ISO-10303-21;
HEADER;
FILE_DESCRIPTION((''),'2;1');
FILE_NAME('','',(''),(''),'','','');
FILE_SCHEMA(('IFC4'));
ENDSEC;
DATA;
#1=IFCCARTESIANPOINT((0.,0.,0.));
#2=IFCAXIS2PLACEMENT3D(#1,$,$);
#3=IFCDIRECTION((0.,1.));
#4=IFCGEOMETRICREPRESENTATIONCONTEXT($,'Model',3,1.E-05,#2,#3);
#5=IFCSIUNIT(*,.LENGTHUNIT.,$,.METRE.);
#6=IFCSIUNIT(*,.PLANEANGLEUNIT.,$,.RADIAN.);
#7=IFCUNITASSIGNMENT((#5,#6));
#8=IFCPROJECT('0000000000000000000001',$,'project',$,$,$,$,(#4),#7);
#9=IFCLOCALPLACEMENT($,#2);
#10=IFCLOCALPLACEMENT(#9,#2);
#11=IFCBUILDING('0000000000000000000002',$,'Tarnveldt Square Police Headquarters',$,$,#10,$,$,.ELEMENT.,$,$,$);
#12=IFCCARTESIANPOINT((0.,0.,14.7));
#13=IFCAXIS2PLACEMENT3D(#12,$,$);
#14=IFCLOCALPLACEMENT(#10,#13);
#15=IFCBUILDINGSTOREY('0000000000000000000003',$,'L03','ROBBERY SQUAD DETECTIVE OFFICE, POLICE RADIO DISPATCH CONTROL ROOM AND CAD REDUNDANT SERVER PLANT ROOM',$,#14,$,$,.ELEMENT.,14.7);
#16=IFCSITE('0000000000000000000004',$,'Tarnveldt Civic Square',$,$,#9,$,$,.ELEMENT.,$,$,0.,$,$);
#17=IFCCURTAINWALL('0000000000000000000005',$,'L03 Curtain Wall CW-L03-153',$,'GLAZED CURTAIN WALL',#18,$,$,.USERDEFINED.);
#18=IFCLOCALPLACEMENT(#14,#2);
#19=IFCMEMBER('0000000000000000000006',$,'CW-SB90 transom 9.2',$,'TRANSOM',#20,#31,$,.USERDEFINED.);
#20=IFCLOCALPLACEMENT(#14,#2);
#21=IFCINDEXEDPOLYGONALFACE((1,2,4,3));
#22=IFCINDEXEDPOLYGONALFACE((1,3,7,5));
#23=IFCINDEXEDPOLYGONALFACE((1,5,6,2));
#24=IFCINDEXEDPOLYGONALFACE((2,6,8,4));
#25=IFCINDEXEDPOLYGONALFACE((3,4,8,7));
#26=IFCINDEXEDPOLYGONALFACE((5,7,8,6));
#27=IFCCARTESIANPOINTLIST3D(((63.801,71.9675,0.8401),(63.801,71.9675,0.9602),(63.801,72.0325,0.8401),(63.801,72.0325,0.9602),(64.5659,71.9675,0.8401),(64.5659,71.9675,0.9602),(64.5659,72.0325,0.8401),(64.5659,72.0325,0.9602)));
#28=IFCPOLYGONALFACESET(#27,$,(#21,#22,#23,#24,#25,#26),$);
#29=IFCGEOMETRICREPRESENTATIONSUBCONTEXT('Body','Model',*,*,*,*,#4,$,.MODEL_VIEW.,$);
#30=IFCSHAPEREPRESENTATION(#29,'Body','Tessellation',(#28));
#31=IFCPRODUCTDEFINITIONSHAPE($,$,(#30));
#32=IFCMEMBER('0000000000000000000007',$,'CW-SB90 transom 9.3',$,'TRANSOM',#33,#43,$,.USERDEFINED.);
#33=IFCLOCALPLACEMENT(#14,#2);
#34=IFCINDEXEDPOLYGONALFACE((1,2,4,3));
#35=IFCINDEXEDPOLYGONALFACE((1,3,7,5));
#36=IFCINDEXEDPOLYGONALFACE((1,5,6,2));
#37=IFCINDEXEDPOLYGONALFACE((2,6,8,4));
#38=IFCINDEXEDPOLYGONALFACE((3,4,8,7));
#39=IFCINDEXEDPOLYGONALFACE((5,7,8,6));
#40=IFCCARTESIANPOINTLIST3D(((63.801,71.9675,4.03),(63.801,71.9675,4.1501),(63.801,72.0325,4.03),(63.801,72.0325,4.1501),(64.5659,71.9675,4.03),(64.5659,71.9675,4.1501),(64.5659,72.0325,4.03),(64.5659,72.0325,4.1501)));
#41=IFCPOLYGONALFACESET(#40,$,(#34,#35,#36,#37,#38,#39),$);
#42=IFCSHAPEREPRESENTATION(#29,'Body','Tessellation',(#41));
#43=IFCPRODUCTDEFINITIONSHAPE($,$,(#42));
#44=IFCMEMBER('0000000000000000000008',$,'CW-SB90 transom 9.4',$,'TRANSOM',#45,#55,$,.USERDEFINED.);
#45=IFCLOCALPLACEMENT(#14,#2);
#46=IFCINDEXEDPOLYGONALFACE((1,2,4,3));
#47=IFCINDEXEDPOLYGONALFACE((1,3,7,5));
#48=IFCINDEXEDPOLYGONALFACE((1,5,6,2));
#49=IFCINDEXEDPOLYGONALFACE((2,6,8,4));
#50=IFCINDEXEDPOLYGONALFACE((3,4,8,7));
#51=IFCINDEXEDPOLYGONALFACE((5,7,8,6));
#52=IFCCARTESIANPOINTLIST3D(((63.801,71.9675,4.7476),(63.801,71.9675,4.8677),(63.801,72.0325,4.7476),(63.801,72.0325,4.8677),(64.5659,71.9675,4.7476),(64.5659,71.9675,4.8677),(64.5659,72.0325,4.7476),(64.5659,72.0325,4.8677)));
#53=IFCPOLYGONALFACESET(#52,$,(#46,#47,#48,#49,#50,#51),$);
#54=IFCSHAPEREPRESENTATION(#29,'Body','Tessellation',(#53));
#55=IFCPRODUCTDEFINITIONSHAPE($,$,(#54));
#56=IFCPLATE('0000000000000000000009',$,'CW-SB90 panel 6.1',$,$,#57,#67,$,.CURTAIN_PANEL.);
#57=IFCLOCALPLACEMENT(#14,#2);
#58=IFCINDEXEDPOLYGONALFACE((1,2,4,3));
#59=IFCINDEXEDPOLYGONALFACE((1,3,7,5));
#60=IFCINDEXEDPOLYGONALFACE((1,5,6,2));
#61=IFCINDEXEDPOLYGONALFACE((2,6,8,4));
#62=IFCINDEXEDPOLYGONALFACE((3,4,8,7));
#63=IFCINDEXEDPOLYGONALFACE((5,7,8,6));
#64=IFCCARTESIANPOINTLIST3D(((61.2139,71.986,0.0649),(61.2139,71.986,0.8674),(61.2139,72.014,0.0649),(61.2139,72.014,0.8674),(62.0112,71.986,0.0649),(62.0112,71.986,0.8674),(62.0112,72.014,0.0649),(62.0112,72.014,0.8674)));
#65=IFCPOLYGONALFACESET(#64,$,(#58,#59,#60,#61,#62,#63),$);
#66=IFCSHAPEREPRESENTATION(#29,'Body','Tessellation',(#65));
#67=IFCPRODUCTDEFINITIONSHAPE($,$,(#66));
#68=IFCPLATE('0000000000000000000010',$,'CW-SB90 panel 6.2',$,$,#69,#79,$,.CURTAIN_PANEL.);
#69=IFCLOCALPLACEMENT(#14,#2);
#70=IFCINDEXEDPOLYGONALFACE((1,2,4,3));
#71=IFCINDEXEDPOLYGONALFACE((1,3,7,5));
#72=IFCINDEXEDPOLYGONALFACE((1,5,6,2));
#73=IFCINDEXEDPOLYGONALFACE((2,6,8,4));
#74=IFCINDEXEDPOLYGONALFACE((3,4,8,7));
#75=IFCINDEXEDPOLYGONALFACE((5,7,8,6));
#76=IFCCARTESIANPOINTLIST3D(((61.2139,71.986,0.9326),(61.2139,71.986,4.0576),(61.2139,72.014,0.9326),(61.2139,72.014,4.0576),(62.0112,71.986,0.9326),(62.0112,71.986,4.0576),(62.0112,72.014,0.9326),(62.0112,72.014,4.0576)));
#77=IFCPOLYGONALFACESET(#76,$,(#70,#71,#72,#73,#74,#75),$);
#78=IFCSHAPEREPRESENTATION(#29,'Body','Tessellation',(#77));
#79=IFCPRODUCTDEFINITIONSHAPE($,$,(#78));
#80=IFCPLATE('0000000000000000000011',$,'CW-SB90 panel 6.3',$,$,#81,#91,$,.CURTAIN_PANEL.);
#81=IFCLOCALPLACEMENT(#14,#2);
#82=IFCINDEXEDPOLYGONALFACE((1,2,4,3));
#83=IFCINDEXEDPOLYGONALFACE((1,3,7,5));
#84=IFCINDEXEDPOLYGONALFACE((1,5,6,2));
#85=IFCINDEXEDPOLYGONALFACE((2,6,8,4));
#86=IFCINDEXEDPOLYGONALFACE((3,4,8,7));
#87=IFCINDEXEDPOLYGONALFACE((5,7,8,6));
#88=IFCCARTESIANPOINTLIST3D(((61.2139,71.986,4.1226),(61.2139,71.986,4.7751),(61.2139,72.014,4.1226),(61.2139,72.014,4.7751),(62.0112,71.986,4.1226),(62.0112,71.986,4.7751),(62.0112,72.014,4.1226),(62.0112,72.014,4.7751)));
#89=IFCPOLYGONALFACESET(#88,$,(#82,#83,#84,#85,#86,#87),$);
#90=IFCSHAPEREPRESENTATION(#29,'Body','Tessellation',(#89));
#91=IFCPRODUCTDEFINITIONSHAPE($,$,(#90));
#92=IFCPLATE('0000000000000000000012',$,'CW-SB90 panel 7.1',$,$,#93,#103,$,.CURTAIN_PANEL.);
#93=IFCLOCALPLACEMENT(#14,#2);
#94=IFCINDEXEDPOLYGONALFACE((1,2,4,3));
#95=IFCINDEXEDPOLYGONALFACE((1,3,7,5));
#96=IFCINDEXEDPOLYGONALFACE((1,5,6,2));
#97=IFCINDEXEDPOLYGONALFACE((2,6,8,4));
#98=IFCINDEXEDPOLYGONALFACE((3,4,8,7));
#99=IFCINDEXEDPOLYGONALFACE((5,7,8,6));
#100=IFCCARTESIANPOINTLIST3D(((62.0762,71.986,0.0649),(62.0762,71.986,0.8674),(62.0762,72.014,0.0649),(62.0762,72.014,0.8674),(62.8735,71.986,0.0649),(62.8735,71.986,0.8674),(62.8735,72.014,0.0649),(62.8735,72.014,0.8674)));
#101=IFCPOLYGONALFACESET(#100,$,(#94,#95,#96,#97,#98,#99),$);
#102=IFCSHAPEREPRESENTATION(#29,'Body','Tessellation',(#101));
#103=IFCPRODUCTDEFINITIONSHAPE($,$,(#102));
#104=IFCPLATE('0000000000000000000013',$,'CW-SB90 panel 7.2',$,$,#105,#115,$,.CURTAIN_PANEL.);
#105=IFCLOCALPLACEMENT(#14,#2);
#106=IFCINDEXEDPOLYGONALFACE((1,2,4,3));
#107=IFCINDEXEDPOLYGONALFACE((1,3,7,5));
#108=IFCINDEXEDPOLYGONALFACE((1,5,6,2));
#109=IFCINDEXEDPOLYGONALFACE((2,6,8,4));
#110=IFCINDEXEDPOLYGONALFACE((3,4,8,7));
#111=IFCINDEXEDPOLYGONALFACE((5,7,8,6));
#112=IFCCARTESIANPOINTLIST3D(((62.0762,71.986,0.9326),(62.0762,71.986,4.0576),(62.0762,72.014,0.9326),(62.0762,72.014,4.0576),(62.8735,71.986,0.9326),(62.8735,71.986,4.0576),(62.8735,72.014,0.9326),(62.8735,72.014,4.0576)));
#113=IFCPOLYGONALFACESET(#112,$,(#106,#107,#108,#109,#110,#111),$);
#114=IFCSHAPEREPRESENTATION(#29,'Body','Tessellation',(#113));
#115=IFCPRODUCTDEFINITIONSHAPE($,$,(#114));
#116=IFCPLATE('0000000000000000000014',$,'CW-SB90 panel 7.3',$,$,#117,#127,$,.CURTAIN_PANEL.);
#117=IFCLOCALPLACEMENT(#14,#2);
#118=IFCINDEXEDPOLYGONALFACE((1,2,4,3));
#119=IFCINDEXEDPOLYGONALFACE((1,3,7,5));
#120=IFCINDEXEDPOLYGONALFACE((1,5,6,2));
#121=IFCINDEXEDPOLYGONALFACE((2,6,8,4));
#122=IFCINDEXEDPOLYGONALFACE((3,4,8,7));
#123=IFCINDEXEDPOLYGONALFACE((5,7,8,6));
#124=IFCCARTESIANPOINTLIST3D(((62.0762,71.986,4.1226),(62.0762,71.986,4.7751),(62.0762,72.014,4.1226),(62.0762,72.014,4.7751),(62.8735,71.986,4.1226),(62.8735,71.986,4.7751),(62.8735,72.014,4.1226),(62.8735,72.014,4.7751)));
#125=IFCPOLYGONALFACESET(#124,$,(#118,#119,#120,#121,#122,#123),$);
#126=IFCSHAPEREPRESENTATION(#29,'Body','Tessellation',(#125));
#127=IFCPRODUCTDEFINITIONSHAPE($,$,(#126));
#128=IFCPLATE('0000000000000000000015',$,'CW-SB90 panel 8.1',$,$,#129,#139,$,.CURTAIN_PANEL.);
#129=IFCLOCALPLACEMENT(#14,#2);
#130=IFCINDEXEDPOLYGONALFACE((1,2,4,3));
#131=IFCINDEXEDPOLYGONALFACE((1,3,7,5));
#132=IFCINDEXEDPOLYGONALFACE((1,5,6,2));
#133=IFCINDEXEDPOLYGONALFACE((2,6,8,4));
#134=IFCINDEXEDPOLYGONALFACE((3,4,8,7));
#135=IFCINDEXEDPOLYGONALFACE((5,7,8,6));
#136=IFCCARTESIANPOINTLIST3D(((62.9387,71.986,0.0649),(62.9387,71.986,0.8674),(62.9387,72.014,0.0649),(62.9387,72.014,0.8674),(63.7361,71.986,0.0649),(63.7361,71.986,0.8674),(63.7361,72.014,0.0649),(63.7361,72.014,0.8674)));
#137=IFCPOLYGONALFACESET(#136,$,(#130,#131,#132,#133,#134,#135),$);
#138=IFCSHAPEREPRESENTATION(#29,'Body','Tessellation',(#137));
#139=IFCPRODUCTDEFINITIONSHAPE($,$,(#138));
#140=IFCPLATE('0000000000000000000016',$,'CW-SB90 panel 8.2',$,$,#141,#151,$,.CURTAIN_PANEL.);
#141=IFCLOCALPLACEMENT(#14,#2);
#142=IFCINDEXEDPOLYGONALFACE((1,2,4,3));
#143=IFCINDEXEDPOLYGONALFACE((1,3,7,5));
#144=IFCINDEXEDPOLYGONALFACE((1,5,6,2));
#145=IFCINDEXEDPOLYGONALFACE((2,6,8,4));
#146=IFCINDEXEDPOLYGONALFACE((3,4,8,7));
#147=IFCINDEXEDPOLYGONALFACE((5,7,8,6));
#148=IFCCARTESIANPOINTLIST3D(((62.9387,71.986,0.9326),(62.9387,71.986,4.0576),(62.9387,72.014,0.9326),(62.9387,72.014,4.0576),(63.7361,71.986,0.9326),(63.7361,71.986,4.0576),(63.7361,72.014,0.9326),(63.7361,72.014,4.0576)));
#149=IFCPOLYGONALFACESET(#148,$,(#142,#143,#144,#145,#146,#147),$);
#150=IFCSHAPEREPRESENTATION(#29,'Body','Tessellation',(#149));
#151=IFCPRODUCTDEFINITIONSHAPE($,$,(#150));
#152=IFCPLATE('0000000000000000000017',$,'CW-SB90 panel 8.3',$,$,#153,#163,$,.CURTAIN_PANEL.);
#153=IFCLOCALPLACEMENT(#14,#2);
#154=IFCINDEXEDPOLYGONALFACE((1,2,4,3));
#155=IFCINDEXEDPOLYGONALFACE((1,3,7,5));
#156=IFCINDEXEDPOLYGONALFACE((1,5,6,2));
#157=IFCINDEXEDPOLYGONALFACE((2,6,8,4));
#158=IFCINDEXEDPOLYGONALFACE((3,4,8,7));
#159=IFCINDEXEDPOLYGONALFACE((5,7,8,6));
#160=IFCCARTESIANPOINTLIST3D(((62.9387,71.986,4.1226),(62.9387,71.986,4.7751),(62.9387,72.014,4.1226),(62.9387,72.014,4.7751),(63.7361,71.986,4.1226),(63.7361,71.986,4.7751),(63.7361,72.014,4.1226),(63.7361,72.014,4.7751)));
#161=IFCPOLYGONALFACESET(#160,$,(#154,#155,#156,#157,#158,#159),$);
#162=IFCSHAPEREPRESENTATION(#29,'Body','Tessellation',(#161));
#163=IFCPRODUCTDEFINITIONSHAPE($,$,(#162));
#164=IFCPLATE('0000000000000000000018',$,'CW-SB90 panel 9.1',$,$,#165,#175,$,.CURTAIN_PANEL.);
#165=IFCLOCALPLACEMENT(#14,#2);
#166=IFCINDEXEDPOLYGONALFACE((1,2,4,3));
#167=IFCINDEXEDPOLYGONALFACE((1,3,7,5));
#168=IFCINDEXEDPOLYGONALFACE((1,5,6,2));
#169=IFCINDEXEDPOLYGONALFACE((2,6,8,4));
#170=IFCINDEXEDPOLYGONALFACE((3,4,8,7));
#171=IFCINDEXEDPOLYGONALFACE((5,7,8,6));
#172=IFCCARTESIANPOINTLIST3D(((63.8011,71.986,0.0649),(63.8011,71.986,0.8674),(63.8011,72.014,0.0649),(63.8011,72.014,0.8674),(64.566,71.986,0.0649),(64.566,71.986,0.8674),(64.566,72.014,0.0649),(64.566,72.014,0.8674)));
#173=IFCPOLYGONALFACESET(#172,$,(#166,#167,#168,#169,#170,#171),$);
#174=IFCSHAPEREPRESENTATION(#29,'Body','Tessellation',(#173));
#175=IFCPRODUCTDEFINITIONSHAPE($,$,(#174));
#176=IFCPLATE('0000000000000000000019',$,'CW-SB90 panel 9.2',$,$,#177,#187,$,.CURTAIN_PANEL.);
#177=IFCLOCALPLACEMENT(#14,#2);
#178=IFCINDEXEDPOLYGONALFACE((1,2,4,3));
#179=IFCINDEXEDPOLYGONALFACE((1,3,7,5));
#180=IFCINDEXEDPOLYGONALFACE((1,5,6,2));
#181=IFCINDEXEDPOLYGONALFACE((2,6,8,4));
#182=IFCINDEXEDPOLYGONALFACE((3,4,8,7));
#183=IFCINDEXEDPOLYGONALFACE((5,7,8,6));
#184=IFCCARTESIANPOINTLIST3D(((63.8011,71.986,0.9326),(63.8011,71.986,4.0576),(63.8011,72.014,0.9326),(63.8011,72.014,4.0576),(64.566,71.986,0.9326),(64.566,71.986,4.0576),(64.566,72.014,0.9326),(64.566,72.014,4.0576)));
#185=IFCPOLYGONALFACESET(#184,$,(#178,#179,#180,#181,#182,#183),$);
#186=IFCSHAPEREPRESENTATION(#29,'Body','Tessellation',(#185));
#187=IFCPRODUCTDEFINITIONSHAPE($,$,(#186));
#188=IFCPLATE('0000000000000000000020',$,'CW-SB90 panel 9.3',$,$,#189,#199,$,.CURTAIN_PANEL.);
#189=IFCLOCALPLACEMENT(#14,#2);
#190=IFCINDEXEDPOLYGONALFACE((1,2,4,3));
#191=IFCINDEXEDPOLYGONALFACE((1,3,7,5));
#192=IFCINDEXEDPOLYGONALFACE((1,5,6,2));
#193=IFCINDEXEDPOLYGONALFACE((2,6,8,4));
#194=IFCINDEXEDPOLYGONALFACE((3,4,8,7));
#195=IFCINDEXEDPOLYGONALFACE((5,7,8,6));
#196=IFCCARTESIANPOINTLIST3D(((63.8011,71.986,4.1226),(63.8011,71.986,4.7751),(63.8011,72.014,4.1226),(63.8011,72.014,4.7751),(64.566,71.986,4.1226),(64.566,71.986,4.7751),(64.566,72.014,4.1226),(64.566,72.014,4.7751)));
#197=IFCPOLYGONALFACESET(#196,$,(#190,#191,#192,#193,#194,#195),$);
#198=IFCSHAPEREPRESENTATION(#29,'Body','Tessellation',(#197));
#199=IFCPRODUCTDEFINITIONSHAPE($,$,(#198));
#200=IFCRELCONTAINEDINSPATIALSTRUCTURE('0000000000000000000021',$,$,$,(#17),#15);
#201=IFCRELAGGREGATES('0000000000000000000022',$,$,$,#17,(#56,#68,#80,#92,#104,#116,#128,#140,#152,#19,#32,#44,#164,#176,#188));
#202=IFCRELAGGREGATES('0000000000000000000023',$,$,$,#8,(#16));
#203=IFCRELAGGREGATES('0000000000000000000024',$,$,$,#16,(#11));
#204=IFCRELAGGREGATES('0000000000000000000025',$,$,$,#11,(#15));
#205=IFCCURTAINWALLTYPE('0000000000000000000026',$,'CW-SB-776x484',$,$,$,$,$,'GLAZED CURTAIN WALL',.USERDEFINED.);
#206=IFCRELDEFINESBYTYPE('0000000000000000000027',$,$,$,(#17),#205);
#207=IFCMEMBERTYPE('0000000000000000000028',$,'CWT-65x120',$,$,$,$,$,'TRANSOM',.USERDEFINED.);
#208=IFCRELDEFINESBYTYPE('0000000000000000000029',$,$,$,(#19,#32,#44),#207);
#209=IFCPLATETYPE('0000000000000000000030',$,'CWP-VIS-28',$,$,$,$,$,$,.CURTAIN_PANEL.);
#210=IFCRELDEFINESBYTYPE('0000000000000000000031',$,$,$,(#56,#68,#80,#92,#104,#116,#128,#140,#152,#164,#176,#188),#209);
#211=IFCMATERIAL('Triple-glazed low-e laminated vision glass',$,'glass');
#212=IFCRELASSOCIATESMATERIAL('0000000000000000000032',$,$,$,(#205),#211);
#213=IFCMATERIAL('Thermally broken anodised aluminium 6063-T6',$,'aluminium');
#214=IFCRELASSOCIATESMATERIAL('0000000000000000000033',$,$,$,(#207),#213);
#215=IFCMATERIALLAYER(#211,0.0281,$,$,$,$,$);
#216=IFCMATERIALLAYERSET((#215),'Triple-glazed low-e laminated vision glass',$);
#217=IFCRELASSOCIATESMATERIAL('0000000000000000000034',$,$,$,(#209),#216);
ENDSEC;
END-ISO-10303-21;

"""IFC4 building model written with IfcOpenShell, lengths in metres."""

from ifc_helpers import new_model, si_unit, direction, frame, origin, origin_2d, place, context, subcontext, project, spatial, rectangle, extrude, material, layer, layer_set, material_profile, profile_set, type_object, element, aggregate, save


model = new_model("IFC4")

# Units and contexts
model_context = context("Model", 3, precision=1e-05, world=origin(), true_north=direction((0.0, 1.0)))
body_context = subcontext(model_context, "Body", "Model", "MODEL_VIEW")
ifc_project = project(units=[si_unit("LENGTHUNIT", "METRE"), si_unit("PLANEANGLEUNIT", "RADIAN")], contexts=[model_context])

# Site, building, storey
site_placement = place(None, origin())
site = spatial("IfcSite", under=ifc_project, at=site_placement, Name="Tarnveldt Civic Square", CompositionType="ELEMENT", RefElevation=0.0)
building_placement = place(site_placement, origin())
building = spatial("IfcBuilding", under=site, at=building_placement, Name="Tarnveldt Square Police Headquarters", CompositionType="ELEMENT")
storey_placement = place(building_placement, frame((0.0, 0.0, 14.7)))
storey = spatial("IfcBuildingStorey", under=building, at=storey_placement, Name="L03", Description="ROBBERY SQUAD DETECTIVE OFFICE, POLICE RADIO DISPATCH CONTROL ROOM AND CAD REDUNDANT SERVER PLANT ROOM", CompositionType="ELEMENT", Elevation=14.7)

# Curtain wall, members, plates
ifc_material_1 = material(Name="Triple-glazed low-e laminated vision glass", Category="glass")
curtain_wall_type = type_object("IfcCurtainWallType", Name="CW-SB-776x484", ElementType="GLAZED CURTAIN WALL", PredefinedType="USERDEFINED", material=ifc_material_1)
curtain_wall_placement = place(storey_placement, origin())
curtain_wall = element("IfcCurtainWall", 1, at=curtain_wall_placement, inside=storey, type_object=curtain_wall_type, Name="L03 Curtain Wall CW-L03-153", ObjectType="GLAZED CURTAIN WALL", PredefinedType="USERDEFINED")
ifc_material_2 = material(Name="Thermally broken anodised aluminium 6063-T6", Category="aluminium")
ifc_material_profile_1 = material_profile(ifc_material_2, rectangle(XDim=0.0649, YDim=0.1201, at=origin_2d()), Name="CW-T65x120")
ifc_profile_set_1 = profile_set([ifc_material_profile_1], Name="Thermally broken anodised aluminium 6063-T6")
member_type_1 = type_object("IfcMemberType", Name="CWT-65x120", ElementType="TRANSOM", PredefinedType="USERDEFINED", material=ifc_profile_set_1)
member_1_placement = place(storey_placement, frame((63.801, 72.0, 0.9001), z_axis=(1.0, 0.0, 0.0), x_axis=(0.0, 1.0, 0.0)))
member_1 = element("IfcMember", 2, at=member_1_placement, type_object=member_type_1, Name="CW-SB90 transom 9.2", ObjectType="TRANSOM", PredefinedType="USERDEFINED", context=body_context, shape_type="SweptSolid", body=[
    extrude(rectangle(XDim=0.0649, YDim=0.1201, at=origin_2d()), origin(), (0.0, 0.0, 1.0), 0.7649),
])
member_2_placement = place(storey_placement, frame((63.801, 72.0, 4.0901), z_axis=(1.0, 0.0, 0.0), x_axis=(0.0, 1.0, 0.0)))
member_2 = element("IfcMember", 3, at=member_2_placement, type_object=member_type_1, Name="CW-SB90 transom 9.3", ObjectType="TRANSOM", PredefinedType="USERDEFINED", context=body_context, shape_type="SweptSolid", body=[
    extrude(rectangle(XDim=0.0649, YDim=0.1201, at=origin_2d()), origin(), (0.0, 0.0, 1.0), 0.7649),
])
member_3_placement = place(storey_placement, frame((63.801, 72.0, 4.8076), z_axis=(1.0, 0.0, 0.0), x_axis=(0.0, 1.0, 0.0)))
member_3 = element("IfcMember", 4, at=member_3_placement, type_object=member_type_1, Name="CW-SB90 transom 9.4", ObjectType="TRANSOM", PredefinedType="USERDEFINED", context=body_context, shape_type="SweptSolid", body=[
    extrude(rectangle(XDim=0.0649, YDim=0.1201, at=origin_2d()), origin(), (0.0, 0.0, 1.0), 0.7649),
])
ifc_layer = layer(ifc_material_1, 0.0281)
ifc_layer_set = layer_set([ifc_layer], Name="Triple-glazed low-e laminated vision glass")
plate_type = type_object("IfcPlateType", Name="CWP-VIS-28", PredefinedType="CURTAIN_PANEL", material=ifc_layer_set)
plate_1_placement = place(storey_placement, frame((61.6125, 72.0, 0.0649), z_axis=(0.0, 0.0, 1.0), x_axis=(1.0, 0.0, 0.0)))
plate_1 = element("IfcPlate", 5, at=plate_1_placement, type_object=plate_type, Name="CW-SB90 panel 6.1", PredefinedType="CURTAIN_PANEL", context=body_context, shape_type="SweptSolid", body=[
    extrude(rectangle(XDim=0.7974, YDim=0.0281, at=origin_2d()), origin(), (0.0, 0.0, 1.0), 0.8025),
])
plate_2_placement = place(storey_placement, frame((61.6125, 72.0, 0.9326), z_axis=(0.0, 0.0, 1.0), x_axis=(1.0, 0.0, 0.0)))
plate_2 = element("IfcPlate", 6, at=plate_2_placement, type_object=plate_type, Name="CW-SB90 panel 6.2", PredefinedType="CURTAIN_PANEL", context=body_context, shape_type="SweptSolid", body=[
    extrude(rectangle(XDim=0.7974, YDim=0.0281, at=origin_2d()), origin(), (0.0, 0.0, 1.0), 3.125),
])
plate_3_placement = place(storey_placement, frame((61.6125, 72.0, 4.1226), z_axis=(0.0, 0.0, 1.0), x_axis=(1.0, 0.0, 0.0)))
plate_3 = element("IfcPlate", 7, at=plate_3_placement, type_object=plate_type, Name="CW-SB90 panel 6.3", PredefinedType="CURTAIN_PANEL", context=body_context, shape_type="SweptSolid", body=[
    extrude(rectangle(XDim=0.7974, YDim=0.0281, at=origin_2d()), origin(), (0.0, 0.0, 1.0), 0.6526),
])
plate_4_placement = place(storey_placement, frame((62.4749, 72.0, 0.0649), z_axis=(0.0, 0.0, 1.0), x_axis=(1.0, 0.0, 0.0)))
plate_4 = element("IfcPlate", 8, at=plate_4_placement, type_object=plate_type, Name="CW-SB90 panel 7.1", PredefinedType="CURTAIN_PANEL", context=body_context, shape_type="SweptSolid", body=[
    extrude(rectangle(XDim=0.7974, YDim=0.0281, at=origin_2d()), origin(), (0.0, 0.0, 1.0), 0.8025),
])
plate_5_placement = place(storey_placement, frame((62.4749, 72.0, 0.9326), z_axis=(0.0, 0.0, 1.0), x_axis=(1.0, 0.0, 0.0)))
plate_5 = element("IfcPlate", 9, at=plate_5_placement, type_object=plate_type, Name="CW-SB90 panel 7.2", PredefinedType="CURTAIN_PANEL", context=body_context, shape_type="SweptSolid", body=[
    extrude(rectangle(XDim=0.7974, YDim=0.0281, at=origin_2d()), origin(), (0.0, 0.0, 1.0), 3.125),
])
plate_6_placement = place(storey_placement, frame((62.4749, 72.0, 4.1226), z_axis=(0.0, 0.0, 1.0), x_axis=(1.0, 0.0, 0.0)))
plate_6 = element("IfcPlate", 10, at=plate_6_placement, type_object=plate_type, Name="CW-SB90 panel 7.3", PredefinedType="CURTAIN_PANEL", context=body_context, shape_type="SweptSolid", body=[
    extrude(rectangle(XDim=0.7974, YDim=0.0281, at=origin_2d()), origin(), (0.0, 0.0, 1.0), 0.6526),
])
plate_7_placement = place(storey_placement, frame((63.3374, 72.0, 0.0649), z_axis=(0.0, 0.0, 1.0), x_axis=(1.0, 0.0, 0.0)))
plate_7 = element("IfcPlate", 11, at=plate_7_placement, type_object=plate_type, Name="CW-SB90 panel 8.1", PredefinedType="CURTAIN_PANEL", context=body_context, shape_type="SweptSolid", body=[
    extrude(rectangle(XDim=0.7974, YDim=0.0281, at=origin_2d()), origin(), (0.0, 0.0, 1.0), 0.8025),
])
plate_8_placement = place(storey_placement, frame((63.3374, 72.0, 0.9326), z_axis=(0.0, 0.0, 1.0), x_axis=(1.0, 0.0, 0.0)))
plate_8 = element("IfcPlate", 12, at=plate_8_placement, type_object=plate_type, Name="CW-SB90 panel 8.2", PredefinedType="CURTAIN_PANEL", context=body_context, shape_type="SweptSolid", body=[
    extrude(rectangle(XDim=0.7974, YDim=0.0281, at=origin_2d()), origin(), (0.0, 0.0, 1.0), 3.125),
])
plate_9_placement = place(storey_placement, frame((63.3374, 72.0, 4.1226), z_axis=(0.0, 0.0, 1.0), x_axis=(1.0, 0.0, 0.0)))
plate_9 = element("IfcPlate", 13, at=plate_9_placement, type_object=plate_type, Name="CW-SB90 panel 8.3", PredefinedType="CURTAIN_PANEL", context=body_context, shape_type="SweptSolid", body=[
    extrude(rectangle(XDim=0.7974, YDim=0.0281, at=origin_2d()), origin(), (0.0, 0.0, 1.0), 0.6526),
])
plate_10_placement = place(storey_placement, frame((64.1836, 72.0, 0.0649), z_axis=(0.0, 0.0, 1.0), x_axis=(1.0, 0.0, 0.0)))
plate_10 = element("IfcPlate", 14, at=plate_10_placement, type_object=plate_type, Name="CW-SB90 panel 9.1", PredefinedType="CURTAIN_PANEL", context=body_context, shape_type="SweptSolid", body=[
    extrude(rectangle(XDim=0.7649, YDim=0.0281, at=origin_2d()), origin(), (0.0, 0.0, 1.0), 0.8025),
])
plate_11_placement = place(storey_placement, frame((64.1836, 72.0, 0.9326), z_axis=(0.0, 0.0, 1.0), x_axis=(1.0, 0.0, 0.0)))
plate_11 = element("IfcPlate", 15, at=plate_11_placement, type_object=plate_type, Name="CW-SB90 panel 9.2", PredefinedType="CURTAIN_PANEL", context=body_context, shape_type="SweptSolid", body=[
    extrude(rectangle(XDim=0.7649, YDim=0.0281, at=origin_2d()), origin(), (0.0, 0.0, 1.0), 3.125),
])
plate_12_placement = place(storey_placement, frame((64.1836, 72.0, 4.1226), z_axis=(0.0, 0.0, 1.0), x_axis=(1.0, 0.0, 0.0)))
plate_12 = element("IfcPlate", 16, at=plate_12_placement, type_object=plate_type, Name="CW-SB90 panel 9.3", PredefinedType="CURTAIN_PANEL", context=body_context, shape_type="SweptSolid", body=[
    extrude(rectangle(XDim=0.7649, YDim=0.0281, at=origin_2d()), origin(), (0.0, 0.0, 1.0), 0.6526),
])
aggregate(curtain_wall, [plate_1, plate_2, plate_3, plate_4, plate_5, plate_6, plate_7, plate_8, plate_9, member_1, member_2, member_3, plate_10, plate_11, plate_12])

save(model, "model.ifc")
